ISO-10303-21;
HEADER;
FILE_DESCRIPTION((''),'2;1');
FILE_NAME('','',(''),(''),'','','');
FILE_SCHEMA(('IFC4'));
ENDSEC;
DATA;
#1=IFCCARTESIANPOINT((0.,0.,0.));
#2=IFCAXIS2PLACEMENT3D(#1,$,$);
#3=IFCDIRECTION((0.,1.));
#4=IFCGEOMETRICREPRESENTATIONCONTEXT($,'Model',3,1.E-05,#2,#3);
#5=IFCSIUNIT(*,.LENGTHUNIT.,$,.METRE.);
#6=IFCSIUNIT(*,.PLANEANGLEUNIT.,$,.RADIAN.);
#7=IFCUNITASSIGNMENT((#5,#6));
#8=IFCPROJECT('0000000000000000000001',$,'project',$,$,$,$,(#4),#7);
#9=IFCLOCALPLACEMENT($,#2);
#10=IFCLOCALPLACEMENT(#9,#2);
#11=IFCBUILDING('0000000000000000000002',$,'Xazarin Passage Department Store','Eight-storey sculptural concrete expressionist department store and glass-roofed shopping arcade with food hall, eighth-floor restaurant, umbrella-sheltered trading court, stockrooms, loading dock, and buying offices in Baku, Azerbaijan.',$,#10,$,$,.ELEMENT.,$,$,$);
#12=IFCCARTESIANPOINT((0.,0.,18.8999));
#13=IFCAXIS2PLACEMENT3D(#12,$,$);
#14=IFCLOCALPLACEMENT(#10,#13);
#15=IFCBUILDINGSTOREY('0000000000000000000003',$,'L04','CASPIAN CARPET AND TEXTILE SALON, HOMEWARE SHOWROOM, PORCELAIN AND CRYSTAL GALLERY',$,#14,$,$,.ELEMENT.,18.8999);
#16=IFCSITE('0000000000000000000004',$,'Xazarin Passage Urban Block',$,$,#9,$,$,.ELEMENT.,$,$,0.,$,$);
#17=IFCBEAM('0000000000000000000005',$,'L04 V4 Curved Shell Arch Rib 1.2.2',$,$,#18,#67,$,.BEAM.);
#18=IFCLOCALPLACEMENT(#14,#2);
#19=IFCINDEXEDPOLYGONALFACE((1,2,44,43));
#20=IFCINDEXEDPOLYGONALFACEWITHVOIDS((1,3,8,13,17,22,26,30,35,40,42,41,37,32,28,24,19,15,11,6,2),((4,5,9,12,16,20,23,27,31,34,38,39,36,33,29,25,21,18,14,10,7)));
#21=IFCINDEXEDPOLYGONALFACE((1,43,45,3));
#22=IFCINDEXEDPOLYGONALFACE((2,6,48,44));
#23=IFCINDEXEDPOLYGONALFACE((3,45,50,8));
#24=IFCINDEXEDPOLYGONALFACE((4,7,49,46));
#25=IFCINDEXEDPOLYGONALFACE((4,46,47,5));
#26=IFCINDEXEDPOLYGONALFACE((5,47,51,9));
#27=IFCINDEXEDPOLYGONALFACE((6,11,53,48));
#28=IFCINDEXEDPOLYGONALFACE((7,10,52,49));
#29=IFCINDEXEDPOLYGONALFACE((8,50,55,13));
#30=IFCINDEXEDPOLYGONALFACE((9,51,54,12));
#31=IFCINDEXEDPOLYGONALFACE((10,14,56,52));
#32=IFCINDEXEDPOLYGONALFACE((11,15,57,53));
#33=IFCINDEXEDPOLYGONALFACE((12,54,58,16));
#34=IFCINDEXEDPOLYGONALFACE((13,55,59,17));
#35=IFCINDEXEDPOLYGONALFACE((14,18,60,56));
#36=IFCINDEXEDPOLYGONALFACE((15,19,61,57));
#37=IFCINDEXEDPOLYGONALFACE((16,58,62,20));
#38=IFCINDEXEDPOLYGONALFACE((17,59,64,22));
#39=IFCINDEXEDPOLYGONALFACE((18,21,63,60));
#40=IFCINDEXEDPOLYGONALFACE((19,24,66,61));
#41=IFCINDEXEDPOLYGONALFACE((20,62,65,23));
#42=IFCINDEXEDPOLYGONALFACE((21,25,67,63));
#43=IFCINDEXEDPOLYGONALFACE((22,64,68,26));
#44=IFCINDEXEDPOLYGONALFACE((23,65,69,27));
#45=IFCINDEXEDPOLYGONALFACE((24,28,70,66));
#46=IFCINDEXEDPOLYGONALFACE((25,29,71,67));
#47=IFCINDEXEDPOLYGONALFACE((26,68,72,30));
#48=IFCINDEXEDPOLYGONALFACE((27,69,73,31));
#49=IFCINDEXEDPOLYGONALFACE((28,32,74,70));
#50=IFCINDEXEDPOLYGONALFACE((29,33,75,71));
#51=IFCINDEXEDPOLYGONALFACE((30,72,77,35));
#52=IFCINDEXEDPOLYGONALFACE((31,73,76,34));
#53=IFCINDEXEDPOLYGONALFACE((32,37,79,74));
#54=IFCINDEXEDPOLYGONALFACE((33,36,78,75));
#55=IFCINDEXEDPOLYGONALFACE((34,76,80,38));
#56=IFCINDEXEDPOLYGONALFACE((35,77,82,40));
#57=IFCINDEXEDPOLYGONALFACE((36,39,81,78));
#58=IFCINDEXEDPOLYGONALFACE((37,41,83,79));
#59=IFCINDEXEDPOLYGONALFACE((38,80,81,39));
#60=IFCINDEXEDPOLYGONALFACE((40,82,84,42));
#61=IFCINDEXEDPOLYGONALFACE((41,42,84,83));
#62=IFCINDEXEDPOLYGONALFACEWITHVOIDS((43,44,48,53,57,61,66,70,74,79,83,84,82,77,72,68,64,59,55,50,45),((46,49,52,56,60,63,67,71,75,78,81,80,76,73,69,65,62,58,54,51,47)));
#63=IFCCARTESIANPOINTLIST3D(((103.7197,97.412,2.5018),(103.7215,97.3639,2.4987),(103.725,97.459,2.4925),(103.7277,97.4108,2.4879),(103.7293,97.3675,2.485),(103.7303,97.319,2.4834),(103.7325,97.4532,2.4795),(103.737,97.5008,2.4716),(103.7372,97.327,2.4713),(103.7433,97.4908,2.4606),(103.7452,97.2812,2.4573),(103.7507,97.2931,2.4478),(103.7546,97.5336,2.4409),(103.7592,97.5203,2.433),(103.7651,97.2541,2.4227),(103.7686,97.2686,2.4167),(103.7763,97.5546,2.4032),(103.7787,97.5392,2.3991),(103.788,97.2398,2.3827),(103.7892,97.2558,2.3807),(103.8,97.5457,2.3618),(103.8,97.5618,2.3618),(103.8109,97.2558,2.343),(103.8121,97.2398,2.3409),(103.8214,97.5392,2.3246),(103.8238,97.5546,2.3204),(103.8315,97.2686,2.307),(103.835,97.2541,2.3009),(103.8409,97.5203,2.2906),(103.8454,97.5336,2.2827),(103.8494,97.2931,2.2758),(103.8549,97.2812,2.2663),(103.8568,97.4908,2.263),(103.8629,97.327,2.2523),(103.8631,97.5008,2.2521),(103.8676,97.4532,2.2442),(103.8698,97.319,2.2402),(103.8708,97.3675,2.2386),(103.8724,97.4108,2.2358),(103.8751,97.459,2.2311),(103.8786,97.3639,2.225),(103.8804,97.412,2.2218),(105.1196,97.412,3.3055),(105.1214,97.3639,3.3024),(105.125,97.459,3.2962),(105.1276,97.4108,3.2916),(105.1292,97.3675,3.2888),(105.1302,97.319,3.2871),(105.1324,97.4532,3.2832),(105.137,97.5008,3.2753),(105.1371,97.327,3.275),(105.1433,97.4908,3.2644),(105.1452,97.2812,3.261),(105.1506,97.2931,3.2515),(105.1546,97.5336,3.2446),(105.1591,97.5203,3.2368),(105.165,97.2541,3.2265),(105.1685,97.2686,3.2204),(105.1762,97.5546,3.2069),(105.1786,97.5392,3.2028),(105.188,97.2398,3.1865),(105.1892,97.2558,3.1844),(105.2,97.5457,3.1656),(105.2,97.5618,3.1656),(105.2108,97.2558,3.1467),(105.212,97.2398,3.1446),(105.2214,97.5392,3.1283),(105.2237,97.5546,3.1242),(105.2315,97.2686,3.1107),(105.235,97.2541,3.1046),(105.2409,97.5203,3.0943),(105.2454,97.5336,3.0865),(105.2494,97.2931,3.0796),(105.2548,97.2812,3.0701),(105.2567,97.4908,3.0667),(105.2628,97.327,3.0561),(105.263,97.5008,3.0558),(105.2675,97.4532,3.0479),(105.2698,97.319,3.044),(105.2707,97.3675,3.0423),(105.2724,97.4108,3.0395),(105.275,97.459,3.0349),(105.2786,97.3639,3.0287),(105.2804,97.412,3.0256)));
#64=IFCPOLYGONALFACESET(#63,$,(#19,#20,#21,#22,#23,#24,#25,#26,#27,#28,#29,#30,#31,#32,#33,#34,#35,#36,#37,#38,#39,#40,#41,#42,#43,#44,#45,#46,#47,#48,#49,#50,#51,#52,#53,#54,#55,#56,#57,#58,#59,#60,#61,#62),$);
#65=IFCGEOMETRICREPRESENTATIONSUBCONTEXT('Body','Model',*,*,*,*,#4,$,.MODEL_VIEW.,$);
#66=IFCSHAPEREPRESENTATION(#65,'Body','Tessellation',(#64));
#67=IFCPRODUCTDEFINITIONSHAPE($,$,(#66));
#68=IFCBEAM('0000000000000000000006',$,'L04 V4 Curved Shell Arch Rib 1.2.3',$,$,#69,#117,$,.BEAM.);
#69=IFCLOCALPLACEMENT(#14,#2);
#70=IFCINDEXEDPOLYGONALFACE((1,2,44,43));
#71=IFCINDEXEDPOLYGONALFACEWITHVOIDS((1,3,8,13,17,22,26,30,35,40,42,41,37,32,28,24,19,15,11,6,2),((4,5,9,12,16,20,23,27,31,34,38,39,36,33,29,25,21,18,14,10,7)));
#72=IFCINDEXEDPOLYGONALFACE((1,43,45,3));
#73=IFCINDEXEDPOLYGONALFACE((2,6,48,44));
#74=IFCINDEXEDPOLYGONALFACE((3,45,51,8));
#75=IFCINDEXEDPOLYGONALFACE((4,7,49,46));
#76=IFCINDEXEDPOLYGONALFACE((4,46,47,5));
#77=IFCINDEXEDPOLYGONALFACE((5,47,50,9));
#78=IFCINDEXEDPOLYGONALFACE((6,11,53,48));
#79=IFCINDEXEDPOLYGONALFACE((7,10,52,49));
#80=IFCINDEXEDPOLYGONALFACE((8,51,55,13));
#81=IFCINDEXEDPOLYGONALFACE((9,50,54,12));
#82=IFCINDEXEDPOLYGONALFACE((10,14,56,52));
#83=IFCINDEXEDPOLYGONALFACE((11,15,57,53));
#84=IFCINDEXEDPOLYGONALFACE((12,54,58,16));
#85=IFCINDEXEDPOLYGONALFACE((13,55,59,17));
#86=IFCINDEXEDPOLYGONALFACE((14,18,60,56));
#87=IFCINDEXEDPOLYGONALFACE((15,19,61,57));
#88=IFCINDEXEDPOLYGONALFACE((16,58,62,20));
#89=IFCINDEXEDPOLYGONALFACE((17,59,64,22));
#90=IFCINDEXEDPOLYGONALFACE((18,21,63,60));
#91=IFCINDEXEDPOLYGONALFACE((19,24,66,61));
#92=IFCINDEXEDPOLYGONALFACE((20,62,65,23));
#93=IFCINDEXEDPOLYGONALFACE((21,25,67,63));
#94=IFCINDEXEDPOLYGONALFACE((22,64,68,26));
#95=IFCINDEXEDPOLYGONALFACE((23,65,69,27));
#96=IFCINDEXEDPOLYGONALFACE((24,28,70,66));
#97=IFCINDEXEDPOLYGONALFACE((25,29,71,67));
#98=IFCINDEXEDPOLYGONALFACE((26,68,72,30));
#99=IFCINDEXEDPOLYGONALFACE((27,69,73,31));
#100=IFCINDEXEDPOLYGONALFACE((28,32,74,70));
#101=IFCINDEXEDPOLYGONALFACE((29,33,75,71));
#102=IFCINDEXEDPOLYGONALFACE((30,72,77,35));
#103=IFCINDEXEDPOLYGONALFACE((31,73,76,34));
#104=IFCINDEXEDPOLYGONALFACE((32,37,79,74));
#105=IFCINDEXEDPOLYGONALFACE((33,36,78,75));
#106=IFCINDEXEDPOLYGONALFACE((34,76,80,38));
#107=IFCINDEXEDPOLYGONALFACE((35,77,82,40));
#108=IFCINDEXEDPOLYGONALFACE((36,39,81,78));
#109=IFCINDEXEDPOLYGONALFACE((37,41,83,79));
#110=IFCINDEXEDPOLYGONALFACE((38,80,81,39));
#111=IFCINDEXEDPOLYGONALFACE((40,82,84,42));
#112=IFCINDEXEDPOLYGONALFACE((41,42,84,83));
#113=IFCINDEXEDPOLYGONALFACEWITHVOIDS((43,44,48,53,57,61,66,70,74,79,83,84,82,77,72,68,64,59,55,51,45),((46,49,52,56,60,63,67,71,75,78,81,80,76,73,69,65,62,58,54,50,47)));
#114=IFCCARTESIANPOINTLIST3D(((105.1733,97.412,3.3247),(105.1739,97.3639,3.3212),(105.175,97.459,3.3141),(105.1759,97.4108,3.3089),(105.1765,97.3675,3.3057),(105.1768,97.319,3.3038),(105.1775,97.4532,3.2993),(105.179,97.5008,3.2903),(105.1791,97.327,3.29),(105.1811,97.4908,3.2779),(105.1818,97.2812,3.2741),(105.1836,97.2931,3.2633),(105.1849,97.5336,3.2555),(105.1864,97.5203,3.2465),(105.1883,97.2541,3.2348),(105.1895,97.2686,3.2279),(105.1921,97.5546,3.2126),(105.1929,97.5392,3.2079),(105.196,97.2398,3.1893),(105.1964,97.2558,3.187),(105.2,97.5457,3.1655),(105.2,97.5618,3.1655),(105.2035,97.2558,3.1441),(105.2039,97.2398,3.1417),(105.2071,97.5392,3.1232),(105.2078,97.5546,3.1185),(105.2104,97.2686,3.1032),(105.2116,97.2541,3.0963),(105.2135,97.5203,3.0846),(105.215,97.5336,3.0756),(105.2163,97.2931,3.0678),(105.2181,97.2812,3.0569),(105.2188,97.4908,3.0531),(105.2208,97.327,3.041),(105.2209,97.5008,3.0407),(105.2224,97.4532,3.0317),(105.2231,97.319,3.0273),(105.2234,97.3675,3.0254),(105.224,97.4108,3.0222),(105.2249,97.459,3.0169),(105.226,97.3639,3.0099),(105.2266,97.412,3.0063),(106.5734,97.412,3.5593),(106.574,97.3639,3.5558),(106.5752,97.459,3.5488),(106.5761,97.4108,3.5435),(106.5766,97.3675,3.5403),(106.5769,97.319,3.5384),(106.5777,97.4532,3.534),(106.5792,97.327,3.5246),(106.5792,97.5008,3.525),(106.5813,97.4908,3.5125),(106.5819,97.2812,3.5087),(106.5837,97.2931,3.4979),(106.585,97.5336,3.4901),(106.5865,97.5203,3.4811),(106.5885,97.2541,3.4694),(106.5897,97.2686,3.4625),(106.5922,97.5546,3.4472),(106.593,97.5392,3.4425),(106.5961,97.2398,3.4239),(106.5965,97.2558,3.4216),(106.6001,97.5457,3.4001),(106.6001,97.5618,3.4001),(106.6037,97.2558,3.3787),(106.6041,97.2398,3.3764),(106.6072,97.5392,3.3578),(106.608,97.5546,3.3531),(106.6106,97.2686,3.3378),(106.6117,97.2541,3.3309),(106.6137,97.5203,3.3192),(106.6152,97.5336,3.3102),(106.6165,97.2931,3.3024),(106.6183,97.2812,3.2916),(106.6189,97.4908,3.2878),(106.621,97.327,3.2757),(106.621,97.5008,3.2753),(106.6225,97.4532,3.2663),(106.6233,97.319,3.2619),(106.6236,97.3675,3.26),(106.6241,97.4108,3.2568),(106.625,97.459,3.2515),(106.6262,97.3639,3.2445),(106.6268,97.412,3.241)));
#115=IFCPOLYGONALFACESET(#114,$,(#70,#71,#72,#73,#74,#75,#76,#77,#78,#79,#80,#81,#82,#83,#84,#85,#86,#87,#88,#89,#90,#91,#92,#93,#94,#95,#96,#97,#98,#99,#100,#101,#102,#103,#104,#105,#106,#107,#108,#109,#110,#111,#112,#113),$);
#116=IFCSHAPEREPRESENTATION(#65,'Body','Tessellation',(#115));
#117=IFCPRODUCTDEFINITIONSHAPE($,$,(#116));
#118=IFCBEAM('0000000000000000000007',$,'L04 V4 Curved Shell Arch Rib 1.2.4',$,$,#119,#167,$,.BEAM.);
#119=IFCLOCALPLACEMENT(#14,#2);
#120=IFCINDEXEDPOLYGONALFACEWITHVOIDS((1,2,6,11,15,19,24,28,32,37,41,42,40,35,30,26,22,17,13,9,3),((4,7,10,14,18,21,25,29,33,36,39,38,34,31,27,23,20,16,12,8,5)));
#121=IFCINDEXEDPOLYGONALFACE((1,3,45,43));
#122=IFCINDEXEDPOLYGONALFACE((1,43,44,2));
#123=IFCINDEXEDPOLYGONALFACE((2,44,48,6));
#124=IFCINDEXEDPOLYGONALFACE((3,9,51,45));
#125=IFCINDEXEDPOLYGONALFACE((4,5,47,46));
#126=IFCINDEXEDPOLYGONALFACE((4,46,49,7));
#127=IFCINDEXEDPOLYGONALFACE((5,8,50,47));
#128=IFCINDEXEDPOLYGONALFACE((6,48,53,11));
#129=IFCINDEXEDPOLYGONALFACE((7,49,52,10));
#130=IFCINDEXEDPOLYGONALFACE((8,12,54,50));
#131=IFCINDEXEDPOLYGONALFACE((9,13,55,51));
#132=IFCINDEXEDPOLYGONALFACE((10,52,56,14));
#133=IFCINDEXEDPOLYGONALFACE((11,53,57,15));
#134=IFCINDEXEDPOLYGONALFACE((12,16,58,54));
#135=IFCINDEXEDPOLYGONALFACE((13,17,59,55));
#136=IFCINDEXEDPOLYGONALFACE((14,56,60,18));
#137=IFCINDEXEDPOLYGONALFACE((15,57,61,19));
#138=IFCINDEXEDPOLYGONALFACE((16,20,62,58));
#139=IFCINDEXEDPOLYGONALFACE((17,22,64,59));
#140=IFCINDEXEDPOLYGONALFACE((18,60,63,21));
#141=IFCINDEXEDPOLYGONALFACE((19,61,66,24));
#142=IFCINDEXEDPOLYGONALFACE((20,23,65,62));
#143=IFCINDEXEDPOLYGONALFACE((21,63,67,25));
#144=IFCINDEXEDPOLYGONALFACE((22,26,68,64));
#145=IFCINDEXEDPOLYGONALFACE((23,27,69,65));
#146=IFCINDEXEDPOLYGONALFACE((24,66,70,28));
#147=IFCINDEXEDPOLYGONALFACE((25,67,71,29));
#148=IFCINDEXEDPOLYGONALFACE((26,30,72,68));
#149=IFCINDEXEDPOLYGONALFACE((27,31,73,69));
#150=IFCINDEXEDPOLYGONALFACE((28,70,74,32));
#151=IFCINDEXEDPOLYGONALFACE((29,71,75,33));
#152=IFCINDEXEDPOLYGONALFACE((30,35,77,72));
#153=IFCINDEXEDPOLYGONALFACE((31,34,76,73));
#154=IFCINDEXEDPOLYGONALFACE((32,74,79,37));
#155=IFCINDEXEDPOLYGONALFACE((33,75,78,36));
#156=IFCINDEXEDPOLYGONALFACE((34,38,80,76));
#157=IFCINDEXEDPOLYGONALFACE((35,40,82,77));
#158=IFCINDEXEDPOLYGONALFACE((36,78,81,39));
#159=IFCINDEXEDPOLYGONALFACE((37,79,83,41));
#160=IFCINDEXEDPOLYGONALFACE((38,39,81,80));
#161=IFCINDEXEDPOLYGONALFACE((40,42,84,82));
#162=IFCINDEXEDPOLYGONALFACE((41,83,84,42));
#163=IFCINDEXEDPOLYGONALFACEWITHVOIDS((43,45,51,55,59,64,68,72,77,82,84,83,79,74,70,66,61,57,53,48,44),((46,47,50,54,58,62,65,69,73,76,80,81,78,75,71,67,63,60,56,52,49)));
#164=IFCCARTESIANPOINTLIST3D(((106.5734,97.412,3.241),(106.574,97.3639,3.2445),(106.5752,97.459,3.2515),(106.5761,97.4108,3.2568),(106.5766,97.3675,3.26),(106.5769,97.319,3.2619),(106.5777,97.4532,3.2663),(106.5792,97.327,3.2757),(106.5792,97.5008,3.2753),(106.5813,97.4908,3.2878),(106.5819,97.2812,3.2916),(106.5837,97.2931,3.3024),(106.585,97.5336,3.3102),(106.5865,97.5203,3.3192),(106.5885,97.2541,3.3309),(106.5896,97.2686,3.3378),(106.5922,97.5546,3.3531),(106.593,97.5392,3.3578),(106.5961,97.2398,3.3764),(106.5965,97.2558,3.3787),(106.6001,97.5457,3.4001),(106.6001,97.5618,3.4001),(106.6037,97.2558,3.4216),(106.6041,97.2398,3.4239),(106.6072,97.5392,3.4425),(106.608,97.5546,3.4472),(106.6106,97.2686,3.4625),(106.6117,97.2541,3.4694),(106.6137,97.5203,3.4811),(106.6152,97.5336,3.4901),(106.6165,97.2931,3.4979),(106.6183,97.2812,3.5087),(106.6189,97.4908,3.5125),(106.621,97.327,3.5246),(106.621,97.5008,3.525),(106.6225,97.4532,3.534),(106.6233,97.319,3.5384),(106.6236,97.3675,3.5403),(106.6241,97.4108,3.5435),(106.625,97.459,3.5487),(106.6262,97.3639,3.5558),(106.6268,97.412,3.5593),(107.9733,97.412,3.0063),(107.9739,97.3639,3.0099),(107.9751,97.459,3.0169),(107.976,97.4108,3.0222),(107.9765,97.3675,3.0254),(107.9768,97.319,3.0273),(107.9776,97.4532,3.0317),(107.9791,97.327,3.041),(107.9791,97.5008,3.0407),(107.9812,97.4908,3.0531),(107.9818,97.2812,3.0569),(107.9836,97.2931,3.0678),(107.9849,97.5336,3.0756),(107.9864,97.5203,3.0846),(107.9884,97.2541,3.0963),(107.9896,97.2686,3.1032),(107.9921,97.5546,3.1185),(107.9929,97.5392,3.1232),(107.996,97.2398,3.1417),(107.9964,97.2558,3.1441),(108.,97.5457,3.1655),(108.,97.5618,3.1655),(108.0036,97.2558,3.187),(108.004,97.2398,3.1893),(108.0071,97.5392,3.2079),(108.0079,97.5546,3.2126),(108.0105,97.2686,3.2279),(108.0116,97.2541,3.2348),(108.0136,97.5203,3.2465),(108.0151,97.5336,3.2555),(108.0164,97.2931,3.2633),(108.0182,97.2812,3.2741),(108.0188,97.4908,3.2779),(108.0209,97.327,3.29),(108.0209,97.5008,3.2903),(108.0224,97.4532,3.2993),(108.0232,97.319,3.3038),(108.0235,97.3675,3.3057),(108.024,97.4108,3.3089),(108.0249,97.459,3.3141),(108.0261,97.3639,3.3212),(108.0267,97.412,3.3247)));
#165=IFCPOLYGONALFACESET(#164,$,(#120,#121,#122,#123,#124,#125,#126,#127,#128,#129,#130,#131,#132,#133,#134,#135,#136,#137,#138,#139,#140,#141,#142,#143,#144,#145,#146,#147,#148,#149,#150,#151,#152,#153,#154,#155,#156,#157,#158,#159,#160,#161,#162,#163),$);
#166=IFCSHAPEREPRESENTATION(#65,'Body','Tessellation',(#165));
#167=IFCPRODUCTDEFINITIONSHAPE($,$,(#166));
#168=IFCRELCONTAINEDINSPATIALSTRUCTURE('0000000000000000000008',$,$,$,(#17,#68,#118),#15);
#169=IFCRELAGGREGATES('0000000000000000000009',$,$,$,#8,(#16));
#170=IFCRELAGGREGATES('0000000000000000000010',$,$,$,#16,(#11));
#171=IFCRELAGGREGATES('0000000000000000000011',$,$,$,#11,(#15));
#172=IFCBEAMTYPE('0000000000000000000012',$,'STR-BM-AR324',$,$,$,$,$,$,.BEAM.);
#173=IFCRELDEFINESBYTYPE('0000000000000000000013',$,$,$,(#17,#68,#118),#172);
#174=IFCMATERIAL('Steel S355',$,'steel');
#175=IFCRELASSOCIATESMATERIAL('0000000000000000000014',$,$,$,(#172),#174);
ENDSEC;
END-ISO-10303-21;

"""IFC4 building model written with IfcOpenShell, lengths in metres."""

from ifc_helpers import new_model, si_unit, direction, frame, origin, origin_2d, place, context, subcontext, project, spatial, hollow_circle, extrude, material, material_profile, profile_set, type_object, element, save


model = new_model("IFC4")

# Units and contexts
model_context = context("Model", 3, precision=1e-05, world=origin(), true_north=direction((0.0, 1.0)))
body_context = subcontext(model_context, "Body", "Model", "MODEL_VIEW")
ifc_project = project(units=[si_unit("LENGTHUNIT", "METRE"), si_unit("PLANEANGLEUNIT", "RADIAN")], contexts=[model_context])

# Site, building, storey
site_placement = place(None, origin())
site = spatial("IfcSite", under=ifc_project, at=site_placement, Name="Xazarin Passage Urban Block", CompositionType="ELEMENT", RefElevation=0.0)
building_placement = place(site_placement, origin())
building = spatial("IfcBuilding", under=site, at=building_placement, Name="Xazarin Passage Department Store", Description="Eight-storey sculptural concrete expressionist department store and glass-roofed shopping arcade with food hall, eighth-floor restaurant, umbrella-sheltered trading court, stockrooms, loading dock, and buying offices in Baku, Azerbaijan.", CompositionType="ELEMENT")
storey_placement = place(building_placement, frame((0.0, 0.0, 18.8999)))
storey = spatial("IfcBuildingStorey", under=building, at=storey_placement, Name="L04", Description="CASPIAN CARPET AND TEXTILE SALON, HOMEWARE SHOWROOM, PORCELAIN AND CRYSTAL GALLERY", CompositionType="ELEMENT", Elevation=18.8999)

# Beams
ifc_material_1 = material(Name="Steel S355", Category="steel")
ifc_material_profile_1 = material_profile(ifc_material_1, hollow_circle(Radius=0.1619, WallThickness=0.0161, at=origin_2d()), Name="CHS 323.9x16")
ifc_profile_set_1 = profile_set([ifc_material_profile_1], Name="Steel S355")
beam_type_1 = type_object("IfcBeamType", Name="STR-BM-AR324", PredefinedType="BEAM", material=ifc_profile_set_1)
beam_1_placement = place(storey_placement, frame((103.8, 97.3999, 2.3618), z_axis=(0.867236, 0.0, 0.497897), x_axis=(0.0, 1.0, 0.0)))
element("IfcBeam", 1, at=beam_1_placement, inside=storey, type_object=beam_type_1, Name="L04 V4 Curved Shell Arch Rib 1.2.2", PredefinedType="BEAM", context=body_context, shape_type="SweptSolid", body=[
    extrude(hollow_circle(Radius=0.1619, WallThickness=0.0161, at=origin_2d()), origin(), (0.0, 0.0, 1.0), 1.6143),
])
beam_2_placement = place(storey_placement, frame((105.2, 97.3999, 3.1655), z_axis=(0.986249, 0.0, 0.165263), x_axis=(0.0, 1.0, 0.0)))
element("IfcBeam", 2, at=beam_2_placement, inside=storey, type_object=beam_type_1, Name="L04 V4 Curved Shell Arch Rib 1.2.3", PredefinedType="BEAM", context=body_context, shape_type="SweptSolid", body=[
    extrude(hollow_circle(Radius=0.1619, WallThickness=0.0161, at=origin_2d()), origin(), (0.0, 0.0, 1.0), 1.4197),
])
beam_3_placement = place(storey_placement, frame((106.6001, 97.3999, 3.4001), z_axis=(0.986245, 0.0, -0.165291), x_axis=(0.0, 1.0, 0.0)))
element("IfcBeam", 3, at=beam_3_placement, inside=storey, type_object=beam_type_1, Name="L04 V4 Curved Shell Arch Rib 1.2.4", PredefinedType="BEAM", context=body_context, shape_type="SweptSolid", body=[
    extrude(hollow_circle(Radius=0.1619, WallThickness=0.0161, at=origin_2d()), origin(), (0.0, 0.0, 1.0), 1.4194),
])

save(model, "model.ifc")
